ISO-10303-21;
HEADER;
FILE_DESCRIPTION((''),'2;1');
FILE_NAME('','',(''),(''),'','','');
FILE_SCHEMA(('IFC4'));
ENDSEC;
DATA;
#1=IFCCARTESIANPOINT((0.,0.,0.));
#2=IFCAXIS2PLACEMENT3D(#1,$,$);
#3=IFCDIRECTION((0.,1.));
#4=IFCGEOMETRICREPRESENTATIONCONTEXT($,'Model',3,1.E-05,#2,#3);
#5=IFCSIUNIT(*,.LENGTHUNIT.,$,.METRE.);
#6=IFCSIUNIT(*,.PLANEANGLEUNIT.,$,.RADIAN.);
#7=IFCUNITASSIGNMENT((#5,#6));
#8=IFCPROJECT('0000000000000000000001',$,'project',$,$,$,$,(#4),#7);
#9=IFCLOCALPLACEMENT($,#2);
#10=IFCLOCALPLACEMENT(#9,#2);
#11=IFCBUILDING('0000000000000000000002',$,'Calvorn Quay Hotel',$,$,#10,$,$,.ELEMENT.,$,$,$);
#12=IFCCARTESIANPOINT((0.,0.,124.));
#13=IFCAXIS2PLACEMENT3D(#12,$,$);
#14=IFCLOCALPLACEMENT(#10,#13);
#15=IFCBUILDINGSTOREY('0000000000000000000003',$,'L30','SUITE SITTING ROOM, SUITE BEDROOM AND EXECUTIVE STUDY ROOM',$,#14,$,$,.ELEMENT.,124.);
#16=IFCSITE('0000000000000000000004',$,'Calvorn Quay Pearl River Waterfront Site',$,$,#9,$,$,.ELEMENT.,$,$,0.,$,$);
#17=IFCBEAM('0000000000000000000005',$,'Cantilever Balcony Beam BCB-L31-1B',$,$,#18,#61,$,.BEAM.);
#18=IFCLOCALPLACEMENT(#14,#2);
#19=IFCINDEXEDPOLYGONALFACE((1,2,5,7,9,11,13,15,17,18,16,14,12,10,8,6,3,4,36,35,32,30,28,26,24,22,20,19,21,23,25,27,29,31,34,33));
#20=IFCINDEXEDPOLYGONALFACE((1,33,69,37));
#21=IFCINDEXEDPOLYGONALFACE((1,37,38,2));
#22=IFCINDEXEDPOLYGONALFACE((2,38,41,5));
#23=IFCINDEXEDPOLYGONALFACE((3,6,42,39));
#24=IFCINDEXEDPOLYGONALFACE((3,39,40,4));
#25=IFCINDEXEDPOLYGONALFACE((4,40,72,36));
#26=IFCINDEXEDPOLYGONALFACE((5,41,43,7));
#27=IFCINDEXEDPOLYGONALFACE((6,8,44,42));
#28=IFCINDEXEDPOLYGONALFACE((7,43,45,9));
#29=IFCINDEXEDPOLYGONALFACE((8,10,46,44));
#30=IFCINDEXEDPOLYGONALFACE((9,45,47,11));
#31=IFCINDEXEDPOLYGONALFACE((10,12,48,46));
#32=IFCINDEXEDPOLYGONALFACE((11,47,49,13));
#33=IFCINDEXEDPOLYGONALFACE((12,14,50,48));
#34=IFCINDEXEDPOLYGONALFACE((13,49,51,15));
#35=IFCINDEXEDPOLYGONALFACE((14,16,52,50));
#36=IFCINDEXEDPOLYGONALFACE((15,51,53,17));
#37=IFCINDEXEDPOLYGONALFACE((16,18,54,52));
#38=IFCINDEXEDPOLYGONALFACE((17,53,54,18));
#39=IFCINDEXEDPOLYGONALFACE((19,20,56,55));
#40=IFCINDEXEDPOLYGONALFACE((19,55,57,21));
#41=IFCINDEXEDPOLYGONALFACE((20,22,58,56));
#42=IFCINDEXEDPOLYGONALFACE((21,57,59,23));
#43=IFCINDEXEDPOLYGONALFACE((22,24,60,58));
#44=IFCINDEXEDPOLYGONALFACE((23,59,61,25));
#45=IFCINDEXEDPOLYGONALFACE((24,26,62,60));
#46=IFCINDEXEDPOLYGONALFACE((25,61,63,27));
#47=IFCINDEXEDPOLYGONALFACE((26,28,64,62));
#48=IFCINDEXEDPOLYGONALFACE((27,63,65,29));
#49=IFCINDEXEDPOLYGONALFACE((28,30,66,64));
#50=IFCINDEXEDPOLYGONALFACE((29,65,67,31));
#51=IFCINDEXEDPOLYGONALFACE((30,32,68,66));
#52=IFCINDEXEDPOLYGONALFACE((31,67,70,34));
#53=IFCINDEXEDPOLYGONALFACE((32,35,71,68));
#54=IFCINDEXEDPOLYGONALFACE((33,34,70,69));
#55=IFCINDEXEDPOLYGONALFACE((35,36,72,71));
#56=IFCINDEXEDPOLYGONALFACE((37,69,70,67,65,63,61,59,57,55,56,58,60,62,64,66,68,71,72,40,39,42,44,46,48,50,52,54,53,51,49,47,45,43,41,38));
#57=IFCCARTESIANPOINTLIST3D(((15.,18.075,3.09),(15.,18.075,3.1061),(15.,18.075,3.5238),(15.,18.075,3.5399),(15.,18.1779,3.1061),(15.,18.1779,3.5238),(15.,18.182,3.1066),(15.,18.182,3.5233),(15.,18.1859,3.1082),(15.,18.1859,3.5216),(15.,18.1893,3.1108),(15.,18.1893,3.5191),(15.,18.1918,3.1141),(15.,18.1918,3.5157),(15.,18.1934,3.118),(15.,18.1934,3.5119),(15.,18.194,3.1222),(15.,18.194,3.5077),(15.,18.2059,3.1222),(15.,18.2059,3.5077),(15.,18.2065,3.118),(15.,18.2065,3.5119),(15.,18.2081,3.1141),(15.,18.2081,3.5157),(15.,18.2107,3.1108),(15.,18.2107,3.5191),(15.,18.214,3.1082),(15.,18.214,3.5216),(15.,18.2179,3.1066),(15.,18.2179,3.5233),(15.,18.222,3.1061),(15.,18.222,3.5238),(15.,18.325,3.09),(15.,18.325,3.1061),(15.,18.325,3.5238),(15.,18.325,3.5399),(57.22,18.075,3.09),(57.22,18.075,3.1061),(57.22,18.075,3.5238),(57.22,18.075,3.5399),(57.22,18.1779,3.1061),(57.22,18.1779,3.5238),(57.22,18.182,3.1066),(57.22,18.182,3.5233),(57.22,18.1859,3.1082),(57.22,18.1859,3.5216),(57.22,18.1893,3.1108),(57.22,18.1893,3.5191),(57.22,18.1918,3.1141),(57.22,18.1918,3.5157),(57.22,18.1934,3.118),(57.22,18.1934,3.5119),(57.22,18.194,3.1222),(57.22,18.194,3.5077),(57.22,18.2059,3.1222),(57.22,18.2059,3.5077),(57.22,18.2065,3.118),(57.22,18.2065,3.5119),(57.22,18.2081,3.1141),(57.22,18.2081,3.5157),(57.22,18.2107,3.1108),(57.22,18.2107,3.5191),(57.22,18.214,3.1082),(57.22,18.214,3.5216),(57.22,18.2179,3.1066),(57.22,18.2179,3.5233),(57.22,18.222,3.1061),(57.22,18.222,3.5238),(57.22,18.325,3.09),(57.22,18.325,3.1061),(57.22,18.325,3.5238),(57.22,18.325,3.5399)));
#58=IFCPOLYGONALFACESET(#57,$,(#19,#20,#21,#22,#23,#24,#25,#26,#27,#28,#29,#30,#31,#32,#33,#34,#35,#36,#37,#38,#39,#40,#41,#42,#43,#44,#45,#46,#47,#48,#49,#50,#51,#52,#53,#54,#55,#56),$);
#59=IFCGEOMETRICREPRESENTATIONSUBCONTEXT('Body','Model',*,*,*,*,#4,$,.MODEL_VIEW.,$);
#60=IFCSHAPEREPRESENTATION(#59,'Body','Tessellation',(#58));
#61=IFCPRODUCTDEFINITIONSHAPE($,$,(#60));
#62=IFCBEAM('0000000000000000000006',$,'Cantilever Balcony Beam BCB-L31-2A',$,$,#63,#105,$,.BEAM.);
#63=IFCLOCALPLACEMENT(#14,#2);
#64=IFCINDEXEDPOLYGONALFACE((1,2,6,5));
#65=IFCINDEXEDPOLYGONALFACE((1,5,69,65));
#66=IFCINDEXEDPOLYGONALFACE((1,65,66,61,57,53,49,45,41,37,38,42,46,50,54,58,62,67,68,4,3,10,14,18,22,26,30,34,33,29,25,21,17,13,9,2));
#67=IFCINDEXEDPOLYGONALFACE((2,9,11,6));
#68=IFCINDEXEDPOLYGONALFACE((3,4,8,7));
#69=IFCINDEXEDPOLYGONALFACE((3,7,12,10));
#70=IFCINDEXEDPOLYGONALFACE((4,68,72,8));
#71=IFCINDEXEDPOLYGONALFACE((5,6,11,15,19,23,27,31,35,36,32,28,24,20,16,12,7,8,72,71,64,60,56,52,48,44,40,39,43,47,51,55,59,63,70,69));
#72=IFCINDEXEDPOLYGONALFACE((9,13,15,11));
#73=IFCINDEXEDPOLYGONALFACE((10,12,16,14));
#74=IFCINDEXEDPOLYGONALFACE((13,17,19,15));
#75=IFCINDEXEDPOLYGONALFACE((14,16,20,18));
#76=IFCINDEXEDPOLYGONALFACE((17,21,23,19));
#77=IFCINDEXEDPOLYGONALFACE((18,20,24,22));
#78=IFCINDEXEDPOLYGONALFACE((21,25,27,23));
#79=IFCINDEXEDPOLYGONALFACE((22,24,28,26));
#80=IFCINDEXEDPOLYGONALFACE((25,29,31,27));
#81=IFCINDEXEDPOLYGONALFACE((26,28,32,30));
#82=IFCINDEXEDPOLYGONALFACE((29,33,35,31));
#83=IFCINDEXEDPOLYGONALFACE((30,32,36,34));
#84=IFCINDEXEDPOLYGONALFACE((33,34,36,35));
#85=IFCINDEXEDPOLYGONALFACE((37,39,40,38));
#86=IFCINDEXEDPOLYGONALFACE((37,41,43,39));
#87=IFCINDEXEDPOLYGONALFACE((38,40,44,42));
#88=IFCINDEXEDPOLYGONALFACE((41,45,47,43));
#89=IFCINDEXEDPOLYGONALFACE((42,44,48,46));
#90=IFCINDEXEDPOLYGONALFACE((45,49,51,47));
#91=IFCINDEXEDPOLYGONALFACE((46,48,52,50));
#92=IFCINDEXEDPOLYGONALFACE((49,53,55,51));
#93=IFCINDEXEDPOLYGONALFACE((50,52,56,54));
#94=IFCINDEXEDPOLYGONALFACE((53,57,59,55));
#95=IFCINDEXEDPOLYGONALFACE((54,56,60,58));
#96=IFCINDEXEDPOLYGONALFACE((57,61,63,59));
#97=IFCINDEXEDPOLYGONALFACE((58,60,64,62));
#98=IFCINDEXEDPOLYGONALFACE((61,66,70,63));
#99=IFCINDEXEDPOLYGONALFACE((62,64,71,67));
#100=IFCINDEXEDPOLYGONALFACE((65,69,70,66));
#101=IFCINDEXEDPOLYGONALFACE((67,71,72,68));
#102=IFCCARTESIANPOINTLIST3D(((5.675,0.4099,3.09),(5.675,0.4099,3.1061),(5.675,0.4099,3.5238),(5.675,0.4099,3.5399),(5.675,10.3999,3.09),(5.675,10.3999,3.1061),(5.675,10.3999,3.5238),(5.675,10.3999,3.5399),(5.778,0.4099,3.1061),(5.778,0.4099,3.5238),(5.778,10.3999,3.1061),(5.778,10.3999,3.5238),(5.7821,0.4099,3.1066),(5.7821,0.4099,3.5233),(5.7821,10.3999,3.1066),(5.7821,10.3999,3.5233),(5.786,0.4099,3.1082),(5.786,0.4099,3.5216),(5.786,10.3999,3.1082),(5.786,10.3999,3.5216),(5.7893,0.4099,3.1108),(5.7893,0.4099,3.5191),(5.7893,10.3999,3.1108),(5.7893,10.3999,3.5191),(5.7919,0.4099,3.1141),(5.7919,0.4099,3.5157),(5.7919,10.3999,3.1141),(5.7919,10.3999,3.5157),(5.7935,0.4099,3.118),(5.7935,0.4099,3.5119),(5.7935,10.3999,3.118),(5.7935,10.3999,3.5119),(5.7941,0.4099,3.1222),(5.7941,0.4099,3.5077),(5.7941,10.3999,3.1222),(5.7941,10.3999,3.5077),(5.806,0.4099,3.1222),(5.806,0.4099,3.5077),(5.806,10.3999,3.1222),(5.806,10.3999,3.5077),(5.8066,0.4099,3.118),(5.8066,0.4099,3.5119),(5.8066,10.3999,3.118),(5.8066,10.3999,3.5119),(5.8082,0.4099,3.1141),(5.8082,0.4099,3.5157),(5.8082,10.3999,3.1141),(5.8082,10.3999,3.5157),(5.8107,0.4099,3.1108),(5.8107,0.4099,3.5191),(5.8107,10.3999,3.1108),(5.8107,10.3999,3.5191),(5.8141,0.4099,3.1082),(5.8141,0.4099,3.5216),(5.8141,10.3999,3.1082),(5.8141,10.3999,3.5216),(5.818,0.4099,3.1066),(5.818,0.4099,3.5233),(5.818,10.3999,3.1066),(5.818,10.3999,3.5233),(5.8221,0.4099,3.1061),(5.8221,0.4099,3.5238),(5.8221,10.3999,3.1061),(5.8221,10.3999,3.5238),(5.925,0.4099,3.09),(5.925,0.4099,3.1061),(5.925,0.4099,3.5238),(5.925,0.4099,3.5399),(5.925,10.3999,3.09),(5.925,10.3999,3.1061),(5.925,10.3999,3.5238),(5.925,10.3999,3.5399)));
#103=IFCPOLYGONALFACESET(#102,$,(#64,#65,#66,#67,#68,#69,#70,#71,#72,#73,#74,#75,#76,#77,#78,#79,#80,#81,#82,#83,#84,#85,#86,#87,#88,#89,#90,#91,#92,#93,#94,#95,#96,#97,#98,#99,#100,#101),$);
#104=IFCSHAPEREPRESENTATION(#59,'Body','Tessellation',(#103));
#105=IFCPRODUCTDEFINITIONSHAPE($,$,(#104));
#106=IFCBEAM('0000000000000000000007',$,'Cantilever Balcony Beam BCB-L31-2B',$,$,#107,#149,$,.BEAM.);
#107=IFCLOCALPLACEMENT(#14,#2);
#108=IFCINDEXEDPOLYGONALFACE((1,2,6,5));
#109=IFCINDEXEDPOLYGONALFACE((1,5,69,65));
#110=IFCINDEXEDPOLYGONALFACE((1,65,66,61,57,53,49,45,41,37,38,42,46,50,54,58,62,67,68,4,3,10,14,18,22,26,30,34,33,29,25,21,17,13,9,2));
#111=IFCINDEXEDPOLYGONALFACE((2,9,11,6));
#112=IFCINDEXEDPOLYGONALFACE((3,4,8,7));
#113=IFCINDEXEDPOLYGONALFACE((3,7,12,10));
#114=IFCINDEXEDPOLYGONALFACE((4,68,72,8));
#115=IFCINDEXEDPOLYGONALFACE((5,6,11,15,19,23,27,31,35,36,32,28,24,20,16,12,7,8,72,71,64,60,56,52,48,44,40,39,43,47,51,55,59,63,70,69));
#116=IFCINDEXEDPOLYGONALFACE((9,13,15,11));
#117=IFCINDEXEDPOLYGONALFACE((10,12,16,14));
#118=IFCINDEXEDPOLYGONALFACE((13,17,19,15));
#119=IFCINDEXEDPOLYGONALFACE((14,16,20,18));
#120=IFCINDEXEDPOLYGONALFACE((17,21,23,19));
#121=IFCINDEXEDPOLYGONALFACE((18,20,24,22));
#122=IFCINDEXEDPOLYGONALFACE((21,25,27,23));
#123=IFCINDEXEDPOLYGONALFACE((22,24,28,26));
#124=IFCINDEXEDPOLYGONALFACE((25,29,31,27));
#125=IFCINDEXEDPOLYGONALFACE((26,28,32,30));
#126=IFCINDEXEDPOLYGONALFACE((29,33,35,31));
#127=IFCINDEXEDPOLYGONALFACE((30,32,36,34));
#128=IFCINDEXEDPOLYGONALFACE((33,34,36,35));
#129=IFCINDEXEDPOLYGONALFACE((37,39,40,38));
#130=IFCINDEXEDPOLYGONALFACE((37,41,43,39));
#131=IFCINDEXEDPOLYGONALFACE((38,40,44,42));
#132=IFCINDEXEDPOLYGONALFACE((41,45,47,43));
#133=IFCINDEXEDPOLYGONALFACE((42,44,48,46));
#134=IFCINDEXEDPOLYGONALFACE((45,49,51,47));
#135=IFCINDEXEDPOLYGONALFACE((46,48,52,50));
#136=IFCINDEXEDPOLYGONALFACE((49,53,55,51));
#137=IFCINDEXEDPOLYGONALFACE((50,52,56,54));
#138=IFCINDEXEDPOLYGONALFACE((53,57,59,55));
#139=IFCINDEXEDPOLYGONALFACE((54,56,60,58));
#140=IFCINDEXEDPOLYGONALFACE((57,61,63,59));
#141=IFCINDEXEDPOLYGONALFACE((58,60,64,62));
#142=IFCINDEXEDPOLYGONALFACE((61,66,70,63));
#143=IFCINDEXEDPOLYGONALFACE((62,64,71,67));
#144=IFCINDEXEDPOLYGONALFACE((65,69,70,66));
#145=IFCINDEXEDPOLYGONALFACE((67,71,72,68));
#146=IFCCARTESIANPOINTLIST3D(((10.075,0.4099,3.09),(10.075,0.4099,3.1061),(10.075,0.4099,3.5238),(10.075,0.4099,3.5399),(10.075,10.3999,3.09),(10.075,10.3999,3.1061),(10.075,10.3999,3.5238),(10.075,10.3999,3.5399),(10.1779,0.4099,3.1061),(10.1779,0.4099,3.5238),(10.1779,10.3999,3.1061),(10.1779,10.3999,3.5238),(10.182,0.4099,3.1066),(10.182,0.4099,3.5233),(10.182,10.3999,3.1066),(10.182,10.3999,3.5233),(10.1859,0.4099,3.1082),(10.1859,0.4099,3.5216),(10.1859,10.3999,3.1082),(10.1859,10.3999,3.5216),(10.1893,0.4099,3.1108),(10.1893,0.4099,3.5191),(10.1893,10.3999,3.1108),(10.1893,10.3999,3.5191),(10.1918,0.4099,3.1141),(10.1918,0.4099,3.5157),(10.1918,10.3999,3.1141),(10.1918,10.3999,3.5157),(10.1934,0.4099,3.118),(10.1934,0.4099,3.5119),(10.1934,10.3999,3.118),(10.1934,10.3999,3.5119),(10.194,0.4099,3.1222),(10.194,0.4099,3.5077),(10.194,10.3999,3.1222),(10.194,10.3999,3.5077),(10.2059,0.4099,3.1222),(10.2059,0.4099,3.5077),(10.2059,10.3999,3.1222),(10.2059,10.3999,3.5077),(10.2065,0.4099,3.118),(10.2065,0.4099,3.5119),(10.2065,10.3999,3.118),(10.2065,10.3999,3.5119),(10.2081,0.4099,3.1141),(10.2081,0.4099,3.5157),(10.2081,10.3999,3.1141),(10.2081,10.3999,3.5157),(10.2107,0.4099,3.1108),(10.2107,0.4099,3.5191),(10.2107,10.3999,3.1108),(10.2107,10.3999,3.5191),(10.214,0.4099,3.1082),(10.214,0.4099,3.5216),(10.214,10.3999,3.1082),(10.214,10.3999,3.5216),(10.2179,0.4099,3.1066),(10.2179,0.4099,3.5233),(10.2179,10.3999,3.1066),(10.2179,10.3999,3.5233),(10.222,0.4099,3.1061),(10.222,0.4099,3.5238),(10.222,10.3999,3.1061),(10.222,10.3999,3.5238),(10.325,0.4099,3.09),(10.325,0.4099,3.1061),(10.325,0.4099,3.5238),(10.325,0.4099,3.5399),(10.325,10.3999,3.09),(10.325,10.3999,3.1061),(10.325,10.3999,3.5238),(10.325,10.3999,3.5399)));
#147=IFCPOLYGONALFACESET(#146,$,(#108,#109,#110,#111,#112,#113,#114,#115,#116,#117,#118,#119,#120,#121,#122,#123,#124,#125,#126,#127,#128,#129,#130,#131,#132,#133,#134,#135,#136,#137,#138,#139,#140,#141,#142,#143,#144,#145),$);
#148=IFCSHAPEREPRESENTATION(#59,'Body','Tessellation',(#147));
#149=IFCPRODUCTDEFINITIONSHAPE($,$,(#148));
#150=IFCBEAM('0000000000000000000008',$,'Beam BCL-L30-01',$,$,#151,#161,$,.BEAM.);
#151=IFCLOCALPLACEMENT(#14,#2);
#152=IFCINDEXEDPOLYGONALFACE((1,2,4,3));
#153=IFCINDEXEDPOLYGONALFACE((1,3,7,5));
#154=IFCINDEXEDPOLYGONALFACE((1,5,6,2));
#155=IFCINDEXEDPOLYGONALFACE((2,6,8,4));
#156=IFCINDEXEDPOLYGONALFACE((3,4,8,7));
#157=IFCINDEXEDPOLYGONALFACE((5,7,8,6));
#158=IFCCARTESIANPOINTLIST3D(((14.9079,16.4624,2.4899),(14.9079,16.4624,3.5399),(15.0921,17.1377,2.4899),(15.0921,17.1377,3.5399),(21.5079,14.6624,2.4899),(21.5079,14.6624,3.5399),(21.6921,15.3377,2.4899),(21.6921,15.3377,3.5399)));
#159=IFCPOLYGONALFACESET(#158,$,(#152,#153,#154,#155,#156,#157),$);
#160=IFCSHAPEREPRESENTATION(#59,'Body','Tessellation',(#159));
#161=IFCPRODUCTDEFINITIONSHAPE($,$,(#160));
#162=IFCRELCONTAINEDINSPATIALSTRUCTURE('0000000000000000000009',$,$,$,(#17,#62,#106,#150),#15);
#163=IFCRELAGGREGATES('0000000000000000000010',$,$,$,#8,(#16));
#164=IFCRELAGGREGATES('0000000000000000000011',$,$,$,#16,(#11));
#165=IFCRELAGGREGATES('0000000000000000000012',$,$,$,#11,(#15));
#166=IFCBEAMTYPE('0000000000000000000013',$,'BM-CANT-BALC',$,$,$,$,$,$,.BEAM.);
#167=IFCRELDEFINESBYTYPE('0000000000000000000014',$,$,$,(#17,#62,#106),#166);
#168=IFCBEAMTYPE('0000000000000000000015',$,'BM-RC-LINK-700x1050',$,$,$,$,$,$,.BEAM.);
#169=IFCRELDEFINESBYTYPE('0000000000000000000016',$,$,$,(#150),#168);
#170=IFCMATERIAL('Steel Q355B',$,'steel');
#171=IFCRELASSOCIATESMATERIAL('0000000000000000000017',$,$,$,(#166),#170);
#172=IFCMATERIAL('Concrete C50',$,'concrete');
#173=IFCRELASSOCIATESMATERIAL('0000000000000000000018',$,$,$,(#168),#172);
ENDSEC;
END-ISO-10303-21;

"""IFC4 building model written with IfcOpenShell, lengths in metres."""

from ifc_helpers import new_model, si_unit, direction, frame, origin, origin_2d, place, context, subcontext, project, spatial, rectangle, i_section, extrude, material, material_profile, profile_set, type_object, element, save


model = new_model("IFC4")

# Units and contexts
model_context = context("Model", 3, precision=1e-05, world=origin(), true_north=direction((0.0, 1.0)))
body_context = subcontext(model_context, "Body", "Model", "MODEL_VIEW")
ifc_project = project(units=[si_unit("LENGTHUNIT", "METRE"), si_unit("PLANEANGLEUNIT", "RADIAN")], contexts=[model_context])

# Site, building, storey
site_placement = place(None, origin())
site = spatial("IfcSite", under=ifc_project, at=site_placement, Name="Calvorn Quay Pearl River Waterfront Site", CompositionType="ELEMENT", RefElevation=0.0)
building_placement = place(site_placement, origin())
building = spatial("IfcBuilding", under=site, at=building_placement, Name="Calvorn Quay Hotel", CompositionType="ELEMENT")
storey_placement = place(building_placement, frame((0.0, 0.0, 124.0)))
storey = spatial("IfcBuildingStorey", under=building, at=storey_placement, Name="L30", Description="SUITE SITTING ROOM, SUITE BEDROOM AND EXECUTIVE STUDY ROOM", CompositionType="ELEMENT", Elevation=124.0)

# Beams
ifc_material_1 = material(Name="Steel Q355B", Category="steel")
ifc_material_profile_1 = material_profile(ifc_material_1, i_section(OverallWidth=0.25, OverallDepth=0.45, WebThickness=0.012, FlangeThickness=0.0161, FilletRadius=0.0161, at=origin_2d()), Name="HN450x250x12x16")
ifc_profile_set_1 = profile_set([ifc_material_profile_1], Name="Steel Q355B")
beam_type_1 = type_object("IfcBeamType", Name="BM-CANT-BALC", PredefinedType="BEAM", material=ifc_profile_set_1)
beam_1_placement = place(storey_placement, frame((15.0, 18.2, 3.3149), z_axis=(1.0, 0.0, 0.0), x_axis=(0.0, 1.0, 0.0)))
element("IfcBeam", 1, at=beam_1_placement, inside=storey, type_object=beam_type_1, Name="Cantilever Balcony Beam BCB-L31-1B", PredefinedType="BEAM", context=body_context, shape_type="SweptSolid", body=[
    extrude(i_section(OverallWidth=0.25, OverallDepth=0.45, WebThickness=0.012, FlangeThickness=0.0161, FilletRadius=0.0161, at=origin_2d()), origin(), (0.0, 0.0, 1.0), 42.22),
])
for number, where, z_axis, x_axis, name in (
    (2, (5.8, 10.3999, 3.3149), (0.0, -1.0, 0.0), (1.0, 0.0, 0.0), "Cantilever Balcony Beam BCB-L31-2A"),
    (3, (10.2, 10.3999, 3.3149), (0.0, -1.0, 0.0), (1.0, 0.0, 0.0), "Cantilever Balcony Beam BCB-L31-2B"),
):
    element("IfcBeam", number, at=place(storey_placement, frame(where, z_axis=z_axis, x_axis=x_axis)), inside=storey, type_object=beam_type_1, Name=name, PredefinedType="BEAM", context=body_context, shape_type="SweptSolid", body=[
        extrude(i_section(OverallWidth=0.25, OverallDepth=0.45, WebThickness=0.012, FlangeThickness=0.0161, FilletRadius=0.0161, at=origin_2d()), origin(), (0.0, 0.0, 1.0), 9.99),
    ])
ifc_material_2 = material(Name="Concrete C50", Category="concrete")
ifc_material_profile_2 = material_profile(ifc_material_2, rectangle(XDim=0.7, YDim=1.05, at=origin_2d()), Name="RCB700x1050")
ifc_profile_set_2 = profile_set([ifc_material_profile_2], Name="Concrete C50")
beam_type_2 = type_object("IfcBeamType", Name="BM-RC-LINK-700x1050", PredefinedType="BEAM", material=ifc_profile_set_2)
beam_2_placement = place(storey_placement, frame((15.0, 16.8, 3.0149), z_axis=(0.964763, -0.26312, 0.0), x_axis=(0.26312, 0.964763, 0.0)))
element("IfcBeam", 4, at=beam_2_placement, inside=storey, type_object=beam_type_2, Name="Beam BCL-L30-01", PredefinedType="BEAM", context=body_context, shape_type="SweptSolid", body=[
    extrude(rectangle(XDim=0.7, YDim=1.05, at=origin_2d()), origin(), (0.0, 0.0, 1.0), 6.8411),
])

save(model, "model.ifc")
